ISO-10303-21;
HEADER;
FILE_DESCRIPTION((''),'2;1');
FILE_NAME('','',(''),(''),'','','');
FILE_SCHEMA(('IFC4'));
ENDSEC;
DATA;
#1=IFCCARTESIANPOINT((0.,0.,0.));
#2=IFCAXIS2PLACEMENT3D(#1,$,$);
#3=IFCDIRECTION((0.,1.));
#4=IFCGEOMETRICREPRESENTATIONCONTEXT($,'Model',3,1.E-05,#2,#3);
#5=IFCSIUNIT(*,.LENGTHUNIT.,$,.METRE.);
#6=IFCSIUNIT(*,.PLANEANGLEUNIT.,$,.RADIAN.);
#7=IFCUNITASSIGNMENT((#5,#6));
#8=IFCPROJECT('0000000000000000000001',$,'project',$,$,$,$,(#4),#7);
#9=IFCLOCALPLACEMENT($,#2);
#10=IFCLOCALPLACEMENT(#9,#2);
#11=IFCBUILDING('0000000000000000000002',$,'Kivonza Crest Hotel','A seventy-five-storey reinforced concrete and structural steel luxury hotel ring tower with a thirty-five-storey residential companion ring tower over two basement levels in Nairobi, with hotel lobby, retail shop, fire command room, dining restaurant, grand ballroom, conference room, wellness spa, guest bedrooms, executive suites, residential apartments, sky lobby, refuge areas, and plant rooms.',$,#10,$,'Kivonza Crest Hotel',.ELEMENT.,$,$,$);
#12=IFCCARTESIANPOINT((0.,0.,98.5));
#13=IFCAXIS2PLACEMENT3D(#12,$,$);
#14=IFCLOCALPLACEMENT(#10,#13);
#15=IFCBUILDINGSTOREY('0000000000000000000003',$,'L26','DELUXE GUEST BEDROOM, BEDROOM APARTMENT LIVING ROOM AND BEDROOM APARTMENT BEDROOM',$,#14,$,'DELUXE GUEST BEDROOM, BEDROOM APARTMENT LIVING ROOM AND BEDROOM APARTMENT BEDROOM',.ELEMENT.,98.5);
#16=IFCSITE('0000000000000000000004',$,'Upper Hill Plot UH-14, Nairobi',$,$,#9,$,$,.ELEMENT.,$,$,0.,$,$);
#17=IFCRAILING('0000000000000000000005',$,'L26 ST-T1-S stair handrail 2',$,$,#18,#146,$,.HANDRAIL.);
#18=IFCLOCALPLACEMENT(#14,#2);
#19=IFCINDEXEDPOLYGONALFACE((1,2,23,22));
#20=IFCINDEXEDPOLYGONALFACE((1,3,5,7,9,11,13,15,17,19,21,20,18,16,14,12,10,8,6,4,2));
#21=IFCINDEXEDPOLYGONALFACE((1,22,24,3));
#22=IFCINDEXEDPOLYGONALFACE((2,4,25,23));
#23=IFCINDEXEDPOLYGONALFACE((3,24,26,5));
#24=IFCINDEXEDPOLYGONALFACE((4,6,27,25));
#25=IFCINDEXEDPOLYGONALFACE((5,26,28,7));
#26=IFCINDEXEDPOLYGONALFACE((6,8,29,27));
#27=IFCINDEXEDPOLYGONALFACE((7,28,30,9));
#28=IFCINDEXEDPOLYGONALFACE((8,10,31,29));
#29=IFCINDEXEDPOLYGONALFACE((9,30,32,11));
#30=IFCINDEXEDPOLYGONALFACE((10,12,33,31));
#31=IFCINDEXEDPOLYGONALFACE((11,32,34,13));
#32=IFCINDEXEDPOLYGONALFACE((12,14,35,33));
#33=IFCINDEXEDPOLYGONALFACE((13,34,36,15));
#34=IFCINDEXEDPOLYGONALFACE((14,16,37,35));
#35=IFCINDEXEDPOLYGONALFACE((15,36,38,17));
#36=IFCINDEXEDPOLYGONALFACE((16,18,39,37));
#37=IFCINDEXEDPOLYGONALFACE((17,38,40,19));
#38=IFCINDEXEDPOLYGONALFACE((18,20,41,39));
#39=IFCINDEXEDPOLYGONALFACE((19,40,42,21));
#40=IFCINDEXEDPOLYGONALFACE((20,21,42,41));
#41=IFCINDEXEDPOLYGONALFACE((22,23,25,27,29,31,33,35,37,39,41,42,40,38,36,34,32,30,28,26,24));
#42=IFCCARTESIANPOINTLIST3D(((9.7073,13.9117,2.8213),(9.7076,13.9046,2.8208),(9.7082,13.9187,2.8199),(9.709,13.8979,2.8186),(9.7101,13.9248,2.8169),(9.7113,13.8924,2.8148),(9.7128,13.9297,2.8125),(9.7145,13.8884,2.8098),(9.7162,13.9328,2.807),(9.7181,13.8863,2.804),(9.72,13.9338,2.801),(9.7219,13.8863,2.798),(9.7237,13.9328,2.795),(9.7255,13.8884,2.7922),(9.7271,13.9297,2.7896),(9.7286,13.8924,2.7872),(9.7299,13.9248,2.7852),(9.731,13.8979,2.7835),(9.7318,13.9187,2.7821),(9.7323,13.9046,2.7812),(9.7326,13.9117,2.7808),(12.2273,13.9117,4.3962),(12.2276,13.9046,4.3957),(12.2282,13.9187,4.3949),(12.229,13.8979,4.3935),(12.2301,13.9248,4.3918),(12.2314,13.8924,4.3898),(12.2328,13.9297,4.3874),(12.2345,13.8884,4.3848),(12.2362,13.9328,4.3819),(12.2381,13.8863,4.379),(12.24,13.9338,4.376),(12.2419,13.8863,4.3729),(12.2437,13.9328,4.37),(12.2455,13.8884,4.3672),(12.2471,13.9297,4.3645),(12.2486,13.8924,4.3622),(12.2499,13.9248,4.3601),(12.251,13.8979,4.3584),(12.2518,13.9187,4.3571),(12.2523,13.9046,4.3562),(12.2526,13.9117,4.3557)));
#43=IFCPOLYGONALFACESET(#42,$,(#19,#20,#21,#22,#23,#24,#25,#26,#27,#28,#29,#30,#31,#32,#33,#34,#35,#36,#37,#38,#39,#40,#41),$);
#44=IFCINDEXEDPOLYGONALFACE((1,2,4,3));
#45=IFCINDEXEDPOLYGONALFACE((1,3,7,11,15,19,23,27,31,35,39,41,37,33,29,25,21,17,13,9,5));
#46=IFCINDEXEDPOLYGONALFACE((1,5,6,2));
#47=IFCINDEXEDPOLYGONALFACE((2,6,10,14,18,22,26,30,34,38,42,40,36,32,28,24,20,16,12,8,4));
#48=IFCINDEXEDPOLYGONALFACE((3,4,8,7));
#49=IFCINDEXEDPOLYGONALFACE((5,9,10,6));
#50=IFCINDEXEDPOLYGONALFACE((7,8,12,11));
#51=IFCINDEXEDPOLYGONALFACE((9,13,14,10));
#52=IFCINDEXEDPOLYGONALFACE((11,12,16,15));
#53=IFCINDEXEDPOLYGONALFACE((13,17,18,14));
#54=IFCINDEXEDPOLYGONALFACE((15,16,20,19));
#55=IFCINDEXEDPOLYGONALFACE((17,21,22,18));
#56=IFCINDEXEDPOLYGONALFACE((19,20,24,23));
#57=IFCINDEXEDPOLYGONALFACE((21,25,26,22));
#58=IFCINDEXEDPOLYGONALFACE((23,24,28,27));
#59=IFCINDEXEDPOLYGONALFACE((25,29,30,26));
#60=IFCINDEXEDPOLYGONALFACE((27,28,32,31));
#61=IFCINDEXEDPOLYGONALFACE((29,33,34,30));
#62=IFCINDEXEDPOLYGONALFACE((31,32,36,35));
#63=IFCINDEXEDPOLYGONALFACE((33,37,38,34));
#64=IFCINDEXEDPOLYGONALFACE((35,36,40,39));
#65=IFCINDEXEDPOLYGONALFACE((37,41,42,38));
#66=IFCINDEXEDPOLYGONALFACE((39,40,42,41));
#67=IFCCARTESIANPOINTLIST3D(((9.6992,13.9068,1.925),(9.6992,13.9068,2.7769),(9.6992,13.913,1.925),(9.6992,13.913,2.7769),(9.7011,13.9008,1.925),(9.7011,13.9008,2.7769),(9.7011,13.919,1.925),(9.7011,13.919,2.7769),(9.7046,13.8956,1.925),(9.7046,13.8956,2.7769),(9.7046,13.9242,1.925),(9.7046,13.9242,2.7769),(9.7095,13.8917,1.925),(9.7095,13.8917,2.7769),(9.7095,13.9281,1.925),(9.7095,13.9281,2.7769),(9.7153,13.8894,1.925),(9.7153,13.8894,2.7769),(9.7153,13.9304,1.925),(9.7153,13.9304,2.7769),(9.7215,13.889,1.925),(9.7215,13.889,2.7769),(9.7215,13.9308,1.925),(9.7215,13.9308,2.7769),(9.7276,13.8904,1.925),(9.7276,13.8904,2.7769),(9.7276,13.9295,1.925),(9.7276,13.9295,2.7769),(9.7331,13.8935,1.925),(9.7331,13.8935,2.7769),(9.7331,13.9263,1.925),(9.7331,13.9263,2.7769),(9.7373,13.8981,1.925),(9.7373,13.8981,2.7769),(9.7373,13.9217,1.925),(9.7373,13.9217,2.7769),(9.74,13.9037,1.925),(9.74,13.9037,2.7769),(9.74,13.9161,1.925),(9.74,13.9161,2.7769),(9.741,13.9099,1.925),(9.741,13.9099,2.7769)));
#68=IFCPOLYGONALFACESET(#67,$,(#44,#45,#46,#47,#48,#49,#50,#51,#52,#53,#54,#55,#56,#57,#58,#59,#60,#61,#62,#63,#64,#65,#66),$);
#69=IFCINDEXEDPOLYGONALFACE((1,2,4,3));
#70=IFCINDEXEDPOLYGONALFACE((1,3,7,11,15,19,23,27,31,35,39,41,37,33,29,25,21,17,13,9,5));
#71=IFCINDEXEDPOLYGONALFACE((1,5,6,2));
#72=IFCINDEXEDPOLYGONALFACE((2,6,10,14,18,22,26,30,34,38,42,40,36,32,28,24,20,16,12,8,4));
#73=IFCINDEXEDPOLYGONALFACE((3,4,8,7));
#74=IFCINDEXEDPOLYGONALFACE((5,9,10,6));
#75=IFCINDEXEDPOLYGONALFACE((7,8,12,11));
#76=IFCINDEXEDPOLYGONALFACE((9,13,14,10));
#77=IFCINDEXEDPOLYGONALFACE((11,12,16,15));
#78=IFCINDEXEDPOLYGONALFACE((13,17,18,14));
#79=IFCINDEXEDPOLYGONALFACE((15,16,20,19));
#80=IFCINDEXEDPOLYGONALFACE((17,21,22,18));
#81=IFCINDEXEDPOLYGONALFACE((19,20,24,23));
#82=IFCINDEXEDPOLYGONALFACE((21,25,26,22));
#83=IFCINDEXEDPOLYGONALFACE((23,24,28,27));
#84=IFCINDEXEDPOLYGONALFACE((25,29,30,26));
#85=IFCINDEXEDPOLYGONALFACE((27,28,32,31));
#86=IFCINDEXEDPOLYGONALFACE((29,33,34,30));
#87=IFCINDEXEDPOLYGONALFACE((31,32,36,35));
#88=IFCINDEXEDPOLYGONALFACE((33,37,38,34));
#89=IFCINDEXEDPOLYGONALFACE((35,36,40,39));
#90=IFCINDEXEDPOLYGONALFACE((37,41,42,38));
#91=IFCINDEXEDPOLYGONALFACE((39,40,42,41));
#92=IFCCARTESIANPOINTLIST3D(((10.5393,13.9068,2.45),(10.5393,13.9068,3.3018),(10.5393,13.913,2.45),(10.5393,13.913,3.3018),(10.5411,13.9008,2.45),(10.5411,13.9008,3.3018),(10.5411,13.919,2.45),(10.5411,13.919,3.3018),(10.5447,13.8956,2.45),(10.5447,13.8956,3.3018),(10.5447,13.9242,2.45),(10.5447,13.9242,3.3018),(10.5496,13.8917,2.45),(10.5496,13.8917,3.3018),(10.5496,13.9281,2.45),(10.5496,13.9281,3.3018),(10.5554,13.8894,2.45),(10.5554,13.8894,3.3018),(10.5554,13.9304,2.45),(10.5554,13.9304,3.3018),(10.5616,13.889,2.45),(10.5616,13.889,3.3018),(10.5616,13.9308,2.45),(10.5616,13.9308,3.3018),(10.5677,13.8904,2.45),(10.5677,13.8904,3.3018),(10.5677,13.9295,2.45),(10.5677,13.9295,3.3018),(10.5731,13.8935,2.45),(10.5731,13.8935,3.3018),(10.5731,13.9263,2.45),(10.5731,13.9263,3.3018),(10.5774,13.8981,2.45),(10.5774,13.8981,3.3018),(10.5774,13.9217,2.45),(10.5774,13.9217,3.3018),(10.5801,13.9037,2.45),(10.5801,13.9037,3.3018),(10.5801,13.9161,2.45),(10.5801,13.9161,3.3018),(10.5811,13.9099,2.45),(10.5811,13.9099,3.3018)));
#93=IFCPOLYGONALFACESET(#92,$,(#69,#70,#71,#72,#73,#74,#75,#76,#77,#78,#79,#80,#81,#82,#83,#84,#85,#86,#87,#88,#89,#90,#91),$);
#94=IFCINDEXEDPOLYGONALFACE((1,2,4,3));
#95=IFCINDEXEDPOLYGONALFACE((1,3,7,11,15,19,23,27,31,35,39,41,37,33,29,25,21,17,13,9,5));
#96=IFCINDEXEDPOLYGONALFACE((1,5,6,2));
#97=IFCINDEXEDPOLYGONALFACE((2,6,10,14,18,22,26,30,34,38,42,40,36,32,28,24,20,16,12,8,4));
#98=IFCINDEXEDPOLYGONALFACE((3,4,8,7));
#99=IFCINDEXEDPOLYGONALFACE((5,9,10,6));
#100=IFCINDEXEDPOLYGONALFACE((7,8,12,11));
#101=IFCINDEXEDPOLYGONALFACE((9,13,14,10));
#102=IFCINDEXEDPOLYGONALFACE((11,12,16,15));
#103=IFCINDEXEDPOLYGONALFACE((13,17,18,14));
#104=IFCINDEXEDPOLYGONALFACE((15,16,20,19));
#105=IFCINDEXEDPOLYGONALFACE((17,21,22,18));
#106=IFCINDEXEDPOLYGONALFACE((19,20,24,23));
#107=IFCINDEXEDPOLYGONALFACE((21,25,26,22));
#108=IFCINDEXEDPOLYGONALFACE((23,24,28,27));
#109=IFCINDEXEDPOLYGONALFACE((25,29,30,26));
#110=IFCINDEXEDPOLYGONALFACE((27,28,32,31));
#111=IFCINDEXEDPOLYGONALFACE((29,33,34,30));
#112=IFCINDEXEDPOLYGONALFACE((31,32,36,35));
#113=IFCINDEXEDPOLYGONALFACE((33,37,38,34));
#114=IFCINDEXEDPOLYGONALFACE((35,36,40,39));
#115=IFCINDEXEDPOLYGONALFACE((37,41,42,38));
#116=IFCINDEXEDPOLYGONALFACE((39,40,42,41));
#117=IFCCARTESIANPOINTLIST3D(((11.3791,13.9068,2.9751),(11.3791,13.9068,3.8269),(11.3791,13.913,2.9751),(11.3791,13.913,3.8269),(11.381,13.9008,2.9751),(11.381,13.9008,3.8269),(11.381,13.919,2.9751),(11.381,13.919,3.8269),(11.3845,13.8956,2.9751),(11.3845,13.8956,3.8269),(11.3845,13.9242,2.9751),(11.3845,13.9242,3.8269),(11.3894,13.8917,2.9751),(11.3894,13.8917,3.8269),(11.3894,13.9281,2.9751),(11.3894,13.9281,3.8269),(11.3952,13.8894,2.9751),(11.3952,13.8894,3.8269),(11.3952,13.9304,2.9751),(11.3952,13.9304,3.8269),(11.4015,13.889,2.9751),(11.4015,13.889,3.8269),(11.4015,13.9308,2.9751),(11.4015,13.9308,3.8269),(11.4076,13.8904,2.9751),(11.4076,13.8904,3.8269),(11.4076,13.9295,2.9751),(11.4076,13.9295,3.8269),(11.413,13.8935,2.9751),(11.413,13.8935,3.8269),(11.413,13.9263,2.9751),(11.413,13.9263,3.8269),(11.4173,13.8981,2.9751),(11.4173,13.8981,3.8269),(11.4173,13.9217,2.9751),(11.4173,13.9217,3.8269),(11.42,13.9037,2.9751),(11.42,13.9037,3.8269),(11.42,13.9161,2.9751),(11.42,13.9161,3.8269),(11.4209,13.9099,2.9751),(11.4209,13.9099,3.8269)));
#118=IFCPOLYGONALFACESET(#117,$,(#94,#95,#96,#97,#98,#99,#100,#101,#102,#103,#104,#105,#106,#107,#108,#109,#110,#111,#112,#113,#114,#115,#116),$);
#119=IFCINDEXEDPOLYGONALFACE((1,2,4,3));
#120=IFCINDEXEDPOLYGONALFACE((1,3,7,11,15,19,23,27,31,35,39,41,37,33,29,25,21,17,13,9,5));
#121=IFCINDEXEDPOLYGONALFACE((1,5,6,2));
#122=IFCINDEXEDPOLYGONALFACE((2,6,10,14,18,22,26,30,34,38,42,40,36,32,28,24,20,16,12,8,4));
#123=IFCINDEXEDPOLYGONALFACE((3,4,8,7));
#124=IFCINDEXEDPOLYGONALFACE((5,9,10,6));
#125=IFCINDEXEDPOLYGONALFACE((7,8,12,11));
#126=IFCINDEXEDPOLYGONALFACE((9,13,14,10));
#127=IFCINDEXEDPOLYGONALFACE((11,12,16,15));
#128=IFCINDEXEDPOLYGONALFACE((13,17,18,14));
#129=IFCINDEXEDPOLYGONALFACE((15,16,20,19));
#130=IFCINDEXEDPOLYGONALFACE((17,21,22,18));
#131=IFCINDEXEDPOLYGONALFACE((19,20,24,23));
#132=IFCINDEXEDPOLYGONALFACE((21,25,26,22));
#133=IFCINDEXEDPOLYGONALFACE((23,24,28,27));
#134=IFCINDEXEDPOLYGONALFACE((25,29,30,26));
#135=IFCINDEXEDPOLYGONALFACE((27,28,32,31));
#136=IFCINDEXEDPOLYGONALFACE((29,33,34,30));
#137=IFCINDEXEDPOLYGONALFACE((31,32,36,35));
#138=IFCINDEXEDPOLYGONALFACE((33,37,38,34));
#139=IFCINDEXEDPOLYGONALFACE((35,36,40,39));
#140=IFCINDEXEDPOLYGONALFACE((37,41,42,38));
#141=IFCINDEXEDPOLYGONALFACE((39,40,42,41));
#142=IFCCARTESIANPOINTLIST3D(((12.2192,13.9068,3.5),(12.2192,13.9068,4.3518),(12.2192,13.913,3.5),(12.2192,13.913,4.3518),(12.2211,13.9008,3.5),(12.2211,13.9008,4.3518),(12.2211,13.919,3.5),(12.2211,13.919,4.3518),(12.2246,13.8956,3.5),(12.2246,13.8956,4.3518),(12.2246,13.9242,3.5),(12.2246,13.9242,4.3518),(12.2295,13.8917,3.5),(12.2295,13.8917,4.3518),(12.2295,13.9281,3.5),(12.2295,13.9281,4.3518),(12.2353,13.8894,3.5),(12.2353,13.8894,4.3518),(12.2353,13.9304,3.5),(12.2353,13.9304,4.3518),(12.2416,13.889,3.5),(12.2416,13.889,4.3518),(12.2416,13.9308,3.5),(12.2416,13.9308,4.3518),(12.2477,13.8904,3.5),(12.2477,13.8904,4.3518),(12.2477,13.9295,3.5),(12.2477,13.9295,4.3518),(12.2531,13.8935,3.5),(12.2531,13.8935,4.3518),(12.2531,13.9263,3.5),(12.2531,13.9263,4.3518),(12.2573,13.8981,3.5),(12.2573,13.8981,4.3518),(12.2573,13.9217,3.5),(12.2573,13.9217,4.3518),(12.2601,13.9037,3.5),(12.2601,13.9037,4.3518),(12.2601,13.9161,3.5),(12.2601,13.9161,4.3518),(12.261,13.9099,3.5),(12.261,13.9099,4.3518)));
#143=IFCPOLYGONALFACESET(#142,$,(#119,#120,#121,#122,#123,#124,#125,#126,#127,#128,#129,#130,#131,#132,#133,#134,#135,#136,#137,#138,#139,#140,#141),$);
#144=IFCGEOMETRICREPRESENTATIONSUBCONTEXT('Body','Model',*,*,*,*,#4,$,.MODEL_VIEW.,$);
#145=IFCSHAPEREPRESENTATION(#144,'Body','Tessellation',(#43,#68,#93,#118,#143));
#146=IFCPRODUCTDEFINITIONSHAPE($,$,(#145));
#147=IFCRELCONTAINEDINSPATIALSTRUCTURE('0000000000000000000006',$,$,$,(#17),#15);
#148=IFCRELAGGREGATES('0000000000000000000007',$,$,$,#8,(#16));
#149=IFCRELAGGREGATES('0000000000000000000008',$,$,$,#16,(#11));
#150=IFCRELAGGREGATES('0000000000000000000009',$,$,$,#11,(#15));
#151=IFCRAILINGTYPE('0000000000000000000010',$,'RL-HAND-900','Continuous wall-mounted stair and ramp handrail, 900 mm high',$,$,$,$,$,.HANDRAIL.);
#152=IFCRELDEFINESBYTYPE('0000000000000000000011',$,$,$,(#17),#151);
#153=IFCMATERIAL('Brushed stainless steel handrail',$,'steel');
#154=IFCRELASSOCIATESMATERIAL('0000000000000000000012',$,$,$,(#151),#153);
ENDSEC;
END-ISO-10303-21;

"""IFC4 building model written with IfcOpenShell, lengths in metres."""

from ifc_helpers import new_model, si_unit, direction, frame, origin, origin_2d, place, context, subcontext, project, spatial, circle, extrude, material, type_object, element, save


model = new_model("IFC4")

# Units and contexts
model_context = context("Model", 3, precision=1e-05, world=origin(), true_north=direction((0.0, 1.0)))
body_context = subcontext(model_context, "Body", "Model", "MODEL_VIEW")
ifc_project = project(units=[si_unit("LENGTHUNIT", "METRE"), si_unit("PLANEANGLEUNIT", "RADIAN")], contexts=[model_context])

# Site, building, storey
site_placement = place(None, origin())
site = spatial("IfcSite", under=ifc_project, at=site_placement, Name="Upper Hill Plot UH-14, Nairobi", CompositionType="ELEMENT", RefElevation=0.0)
building_placement = place(site_placement, origin())
building = spatial("IfcBuilding", under=site, at=building_placement, Name="Kivonza Crest Hotel", Description="A seventy-five-storey reinforced concrete and structural steel luxury hotel ring tower with a thirty-five-storey residential companion ring tower over two basement levels in Nairobi, with hotel lobby, retail shop, fire command room, dining restaurant, grand ballroom, conference room, wellness spa, guest bedrooms, executive suites, residential apartments, sky lobby, refuge areas, and plant rooms.", LongName="Kivonza Crest Hotel", CompositionType="ELEMENT")
storey_placement = place(building_placement, frame((0.0, 0.0, 98.5)))
storey = spatial("IfcBuildingStorey", under=building, at=storey_placement, Name="L26", Description="DELUXE GUEST BEDROOM, BEDROOM APARTMENT LIVING ROOM AND BEDROOM APARTMENT BEDROOM", LongName="DELUXE GUEST BEDROOM, BEDROOM APARTMENT LIVING ROOM AND BEDROOM APARTMENT BEDROOM", CompositionType="ELEMENT", Elevation=98.5)

# Railing
ifc_material_1 = material(Name="Brushed stainless steel handrail", Category="steel")
railing_type_1 = type_object("IfcRailingType", Name="RL-HAND-900", Description="Continuous wall-mounted stair and ramp handrail, 900 mm high", PredefinedType="HANDRAIL", material=ifc_material_1)
railing_1_placement = place(storey_placement, frame((9.72, 13.9099, 1.925)))
element("IfcRailing", 1, at=railing_1_placement, inside=storey, type_object=railing_type_1, Name="L26 ST-T1-S stair handrail 2", PredefinedType="HANDRAIL", context=body_context, shape_type="SweptSolid", body=[
    extrude(circle(Radius=0.0239, at=origin_2d()), frame((0.0, 0.0, 0.876), z_axis=(0.848008, 0.0, 0.529984), x_axis=(0.0, 1.0, 0.0)), (0.0, 0.0, 1.0), 2.9717),
    extrude(circle(Radius=0.021, at=origin_2d()), origin(), (0.0, 0.0, 1.0), 0.8518),
    extrude(circle(Radius=0.021, at=origin_2d()), frame((0.8401, 0.0, 0.5249)), (0.0, 0.0, 1.0), 0.8518),
    extrude(circle(Radius=0.021, at=origin_2d()), frame((1.6799, 0.0, 1.05)), (0.0, 0.0, 1.0), 0.8518),
    extrude(circle(Radius=0.021, at=origin_2d()), frame((2.52, 0.0, 1.575)), (0.0, 0.0, 1.0), 0.8518),
])

save(model, "model.ifc")
